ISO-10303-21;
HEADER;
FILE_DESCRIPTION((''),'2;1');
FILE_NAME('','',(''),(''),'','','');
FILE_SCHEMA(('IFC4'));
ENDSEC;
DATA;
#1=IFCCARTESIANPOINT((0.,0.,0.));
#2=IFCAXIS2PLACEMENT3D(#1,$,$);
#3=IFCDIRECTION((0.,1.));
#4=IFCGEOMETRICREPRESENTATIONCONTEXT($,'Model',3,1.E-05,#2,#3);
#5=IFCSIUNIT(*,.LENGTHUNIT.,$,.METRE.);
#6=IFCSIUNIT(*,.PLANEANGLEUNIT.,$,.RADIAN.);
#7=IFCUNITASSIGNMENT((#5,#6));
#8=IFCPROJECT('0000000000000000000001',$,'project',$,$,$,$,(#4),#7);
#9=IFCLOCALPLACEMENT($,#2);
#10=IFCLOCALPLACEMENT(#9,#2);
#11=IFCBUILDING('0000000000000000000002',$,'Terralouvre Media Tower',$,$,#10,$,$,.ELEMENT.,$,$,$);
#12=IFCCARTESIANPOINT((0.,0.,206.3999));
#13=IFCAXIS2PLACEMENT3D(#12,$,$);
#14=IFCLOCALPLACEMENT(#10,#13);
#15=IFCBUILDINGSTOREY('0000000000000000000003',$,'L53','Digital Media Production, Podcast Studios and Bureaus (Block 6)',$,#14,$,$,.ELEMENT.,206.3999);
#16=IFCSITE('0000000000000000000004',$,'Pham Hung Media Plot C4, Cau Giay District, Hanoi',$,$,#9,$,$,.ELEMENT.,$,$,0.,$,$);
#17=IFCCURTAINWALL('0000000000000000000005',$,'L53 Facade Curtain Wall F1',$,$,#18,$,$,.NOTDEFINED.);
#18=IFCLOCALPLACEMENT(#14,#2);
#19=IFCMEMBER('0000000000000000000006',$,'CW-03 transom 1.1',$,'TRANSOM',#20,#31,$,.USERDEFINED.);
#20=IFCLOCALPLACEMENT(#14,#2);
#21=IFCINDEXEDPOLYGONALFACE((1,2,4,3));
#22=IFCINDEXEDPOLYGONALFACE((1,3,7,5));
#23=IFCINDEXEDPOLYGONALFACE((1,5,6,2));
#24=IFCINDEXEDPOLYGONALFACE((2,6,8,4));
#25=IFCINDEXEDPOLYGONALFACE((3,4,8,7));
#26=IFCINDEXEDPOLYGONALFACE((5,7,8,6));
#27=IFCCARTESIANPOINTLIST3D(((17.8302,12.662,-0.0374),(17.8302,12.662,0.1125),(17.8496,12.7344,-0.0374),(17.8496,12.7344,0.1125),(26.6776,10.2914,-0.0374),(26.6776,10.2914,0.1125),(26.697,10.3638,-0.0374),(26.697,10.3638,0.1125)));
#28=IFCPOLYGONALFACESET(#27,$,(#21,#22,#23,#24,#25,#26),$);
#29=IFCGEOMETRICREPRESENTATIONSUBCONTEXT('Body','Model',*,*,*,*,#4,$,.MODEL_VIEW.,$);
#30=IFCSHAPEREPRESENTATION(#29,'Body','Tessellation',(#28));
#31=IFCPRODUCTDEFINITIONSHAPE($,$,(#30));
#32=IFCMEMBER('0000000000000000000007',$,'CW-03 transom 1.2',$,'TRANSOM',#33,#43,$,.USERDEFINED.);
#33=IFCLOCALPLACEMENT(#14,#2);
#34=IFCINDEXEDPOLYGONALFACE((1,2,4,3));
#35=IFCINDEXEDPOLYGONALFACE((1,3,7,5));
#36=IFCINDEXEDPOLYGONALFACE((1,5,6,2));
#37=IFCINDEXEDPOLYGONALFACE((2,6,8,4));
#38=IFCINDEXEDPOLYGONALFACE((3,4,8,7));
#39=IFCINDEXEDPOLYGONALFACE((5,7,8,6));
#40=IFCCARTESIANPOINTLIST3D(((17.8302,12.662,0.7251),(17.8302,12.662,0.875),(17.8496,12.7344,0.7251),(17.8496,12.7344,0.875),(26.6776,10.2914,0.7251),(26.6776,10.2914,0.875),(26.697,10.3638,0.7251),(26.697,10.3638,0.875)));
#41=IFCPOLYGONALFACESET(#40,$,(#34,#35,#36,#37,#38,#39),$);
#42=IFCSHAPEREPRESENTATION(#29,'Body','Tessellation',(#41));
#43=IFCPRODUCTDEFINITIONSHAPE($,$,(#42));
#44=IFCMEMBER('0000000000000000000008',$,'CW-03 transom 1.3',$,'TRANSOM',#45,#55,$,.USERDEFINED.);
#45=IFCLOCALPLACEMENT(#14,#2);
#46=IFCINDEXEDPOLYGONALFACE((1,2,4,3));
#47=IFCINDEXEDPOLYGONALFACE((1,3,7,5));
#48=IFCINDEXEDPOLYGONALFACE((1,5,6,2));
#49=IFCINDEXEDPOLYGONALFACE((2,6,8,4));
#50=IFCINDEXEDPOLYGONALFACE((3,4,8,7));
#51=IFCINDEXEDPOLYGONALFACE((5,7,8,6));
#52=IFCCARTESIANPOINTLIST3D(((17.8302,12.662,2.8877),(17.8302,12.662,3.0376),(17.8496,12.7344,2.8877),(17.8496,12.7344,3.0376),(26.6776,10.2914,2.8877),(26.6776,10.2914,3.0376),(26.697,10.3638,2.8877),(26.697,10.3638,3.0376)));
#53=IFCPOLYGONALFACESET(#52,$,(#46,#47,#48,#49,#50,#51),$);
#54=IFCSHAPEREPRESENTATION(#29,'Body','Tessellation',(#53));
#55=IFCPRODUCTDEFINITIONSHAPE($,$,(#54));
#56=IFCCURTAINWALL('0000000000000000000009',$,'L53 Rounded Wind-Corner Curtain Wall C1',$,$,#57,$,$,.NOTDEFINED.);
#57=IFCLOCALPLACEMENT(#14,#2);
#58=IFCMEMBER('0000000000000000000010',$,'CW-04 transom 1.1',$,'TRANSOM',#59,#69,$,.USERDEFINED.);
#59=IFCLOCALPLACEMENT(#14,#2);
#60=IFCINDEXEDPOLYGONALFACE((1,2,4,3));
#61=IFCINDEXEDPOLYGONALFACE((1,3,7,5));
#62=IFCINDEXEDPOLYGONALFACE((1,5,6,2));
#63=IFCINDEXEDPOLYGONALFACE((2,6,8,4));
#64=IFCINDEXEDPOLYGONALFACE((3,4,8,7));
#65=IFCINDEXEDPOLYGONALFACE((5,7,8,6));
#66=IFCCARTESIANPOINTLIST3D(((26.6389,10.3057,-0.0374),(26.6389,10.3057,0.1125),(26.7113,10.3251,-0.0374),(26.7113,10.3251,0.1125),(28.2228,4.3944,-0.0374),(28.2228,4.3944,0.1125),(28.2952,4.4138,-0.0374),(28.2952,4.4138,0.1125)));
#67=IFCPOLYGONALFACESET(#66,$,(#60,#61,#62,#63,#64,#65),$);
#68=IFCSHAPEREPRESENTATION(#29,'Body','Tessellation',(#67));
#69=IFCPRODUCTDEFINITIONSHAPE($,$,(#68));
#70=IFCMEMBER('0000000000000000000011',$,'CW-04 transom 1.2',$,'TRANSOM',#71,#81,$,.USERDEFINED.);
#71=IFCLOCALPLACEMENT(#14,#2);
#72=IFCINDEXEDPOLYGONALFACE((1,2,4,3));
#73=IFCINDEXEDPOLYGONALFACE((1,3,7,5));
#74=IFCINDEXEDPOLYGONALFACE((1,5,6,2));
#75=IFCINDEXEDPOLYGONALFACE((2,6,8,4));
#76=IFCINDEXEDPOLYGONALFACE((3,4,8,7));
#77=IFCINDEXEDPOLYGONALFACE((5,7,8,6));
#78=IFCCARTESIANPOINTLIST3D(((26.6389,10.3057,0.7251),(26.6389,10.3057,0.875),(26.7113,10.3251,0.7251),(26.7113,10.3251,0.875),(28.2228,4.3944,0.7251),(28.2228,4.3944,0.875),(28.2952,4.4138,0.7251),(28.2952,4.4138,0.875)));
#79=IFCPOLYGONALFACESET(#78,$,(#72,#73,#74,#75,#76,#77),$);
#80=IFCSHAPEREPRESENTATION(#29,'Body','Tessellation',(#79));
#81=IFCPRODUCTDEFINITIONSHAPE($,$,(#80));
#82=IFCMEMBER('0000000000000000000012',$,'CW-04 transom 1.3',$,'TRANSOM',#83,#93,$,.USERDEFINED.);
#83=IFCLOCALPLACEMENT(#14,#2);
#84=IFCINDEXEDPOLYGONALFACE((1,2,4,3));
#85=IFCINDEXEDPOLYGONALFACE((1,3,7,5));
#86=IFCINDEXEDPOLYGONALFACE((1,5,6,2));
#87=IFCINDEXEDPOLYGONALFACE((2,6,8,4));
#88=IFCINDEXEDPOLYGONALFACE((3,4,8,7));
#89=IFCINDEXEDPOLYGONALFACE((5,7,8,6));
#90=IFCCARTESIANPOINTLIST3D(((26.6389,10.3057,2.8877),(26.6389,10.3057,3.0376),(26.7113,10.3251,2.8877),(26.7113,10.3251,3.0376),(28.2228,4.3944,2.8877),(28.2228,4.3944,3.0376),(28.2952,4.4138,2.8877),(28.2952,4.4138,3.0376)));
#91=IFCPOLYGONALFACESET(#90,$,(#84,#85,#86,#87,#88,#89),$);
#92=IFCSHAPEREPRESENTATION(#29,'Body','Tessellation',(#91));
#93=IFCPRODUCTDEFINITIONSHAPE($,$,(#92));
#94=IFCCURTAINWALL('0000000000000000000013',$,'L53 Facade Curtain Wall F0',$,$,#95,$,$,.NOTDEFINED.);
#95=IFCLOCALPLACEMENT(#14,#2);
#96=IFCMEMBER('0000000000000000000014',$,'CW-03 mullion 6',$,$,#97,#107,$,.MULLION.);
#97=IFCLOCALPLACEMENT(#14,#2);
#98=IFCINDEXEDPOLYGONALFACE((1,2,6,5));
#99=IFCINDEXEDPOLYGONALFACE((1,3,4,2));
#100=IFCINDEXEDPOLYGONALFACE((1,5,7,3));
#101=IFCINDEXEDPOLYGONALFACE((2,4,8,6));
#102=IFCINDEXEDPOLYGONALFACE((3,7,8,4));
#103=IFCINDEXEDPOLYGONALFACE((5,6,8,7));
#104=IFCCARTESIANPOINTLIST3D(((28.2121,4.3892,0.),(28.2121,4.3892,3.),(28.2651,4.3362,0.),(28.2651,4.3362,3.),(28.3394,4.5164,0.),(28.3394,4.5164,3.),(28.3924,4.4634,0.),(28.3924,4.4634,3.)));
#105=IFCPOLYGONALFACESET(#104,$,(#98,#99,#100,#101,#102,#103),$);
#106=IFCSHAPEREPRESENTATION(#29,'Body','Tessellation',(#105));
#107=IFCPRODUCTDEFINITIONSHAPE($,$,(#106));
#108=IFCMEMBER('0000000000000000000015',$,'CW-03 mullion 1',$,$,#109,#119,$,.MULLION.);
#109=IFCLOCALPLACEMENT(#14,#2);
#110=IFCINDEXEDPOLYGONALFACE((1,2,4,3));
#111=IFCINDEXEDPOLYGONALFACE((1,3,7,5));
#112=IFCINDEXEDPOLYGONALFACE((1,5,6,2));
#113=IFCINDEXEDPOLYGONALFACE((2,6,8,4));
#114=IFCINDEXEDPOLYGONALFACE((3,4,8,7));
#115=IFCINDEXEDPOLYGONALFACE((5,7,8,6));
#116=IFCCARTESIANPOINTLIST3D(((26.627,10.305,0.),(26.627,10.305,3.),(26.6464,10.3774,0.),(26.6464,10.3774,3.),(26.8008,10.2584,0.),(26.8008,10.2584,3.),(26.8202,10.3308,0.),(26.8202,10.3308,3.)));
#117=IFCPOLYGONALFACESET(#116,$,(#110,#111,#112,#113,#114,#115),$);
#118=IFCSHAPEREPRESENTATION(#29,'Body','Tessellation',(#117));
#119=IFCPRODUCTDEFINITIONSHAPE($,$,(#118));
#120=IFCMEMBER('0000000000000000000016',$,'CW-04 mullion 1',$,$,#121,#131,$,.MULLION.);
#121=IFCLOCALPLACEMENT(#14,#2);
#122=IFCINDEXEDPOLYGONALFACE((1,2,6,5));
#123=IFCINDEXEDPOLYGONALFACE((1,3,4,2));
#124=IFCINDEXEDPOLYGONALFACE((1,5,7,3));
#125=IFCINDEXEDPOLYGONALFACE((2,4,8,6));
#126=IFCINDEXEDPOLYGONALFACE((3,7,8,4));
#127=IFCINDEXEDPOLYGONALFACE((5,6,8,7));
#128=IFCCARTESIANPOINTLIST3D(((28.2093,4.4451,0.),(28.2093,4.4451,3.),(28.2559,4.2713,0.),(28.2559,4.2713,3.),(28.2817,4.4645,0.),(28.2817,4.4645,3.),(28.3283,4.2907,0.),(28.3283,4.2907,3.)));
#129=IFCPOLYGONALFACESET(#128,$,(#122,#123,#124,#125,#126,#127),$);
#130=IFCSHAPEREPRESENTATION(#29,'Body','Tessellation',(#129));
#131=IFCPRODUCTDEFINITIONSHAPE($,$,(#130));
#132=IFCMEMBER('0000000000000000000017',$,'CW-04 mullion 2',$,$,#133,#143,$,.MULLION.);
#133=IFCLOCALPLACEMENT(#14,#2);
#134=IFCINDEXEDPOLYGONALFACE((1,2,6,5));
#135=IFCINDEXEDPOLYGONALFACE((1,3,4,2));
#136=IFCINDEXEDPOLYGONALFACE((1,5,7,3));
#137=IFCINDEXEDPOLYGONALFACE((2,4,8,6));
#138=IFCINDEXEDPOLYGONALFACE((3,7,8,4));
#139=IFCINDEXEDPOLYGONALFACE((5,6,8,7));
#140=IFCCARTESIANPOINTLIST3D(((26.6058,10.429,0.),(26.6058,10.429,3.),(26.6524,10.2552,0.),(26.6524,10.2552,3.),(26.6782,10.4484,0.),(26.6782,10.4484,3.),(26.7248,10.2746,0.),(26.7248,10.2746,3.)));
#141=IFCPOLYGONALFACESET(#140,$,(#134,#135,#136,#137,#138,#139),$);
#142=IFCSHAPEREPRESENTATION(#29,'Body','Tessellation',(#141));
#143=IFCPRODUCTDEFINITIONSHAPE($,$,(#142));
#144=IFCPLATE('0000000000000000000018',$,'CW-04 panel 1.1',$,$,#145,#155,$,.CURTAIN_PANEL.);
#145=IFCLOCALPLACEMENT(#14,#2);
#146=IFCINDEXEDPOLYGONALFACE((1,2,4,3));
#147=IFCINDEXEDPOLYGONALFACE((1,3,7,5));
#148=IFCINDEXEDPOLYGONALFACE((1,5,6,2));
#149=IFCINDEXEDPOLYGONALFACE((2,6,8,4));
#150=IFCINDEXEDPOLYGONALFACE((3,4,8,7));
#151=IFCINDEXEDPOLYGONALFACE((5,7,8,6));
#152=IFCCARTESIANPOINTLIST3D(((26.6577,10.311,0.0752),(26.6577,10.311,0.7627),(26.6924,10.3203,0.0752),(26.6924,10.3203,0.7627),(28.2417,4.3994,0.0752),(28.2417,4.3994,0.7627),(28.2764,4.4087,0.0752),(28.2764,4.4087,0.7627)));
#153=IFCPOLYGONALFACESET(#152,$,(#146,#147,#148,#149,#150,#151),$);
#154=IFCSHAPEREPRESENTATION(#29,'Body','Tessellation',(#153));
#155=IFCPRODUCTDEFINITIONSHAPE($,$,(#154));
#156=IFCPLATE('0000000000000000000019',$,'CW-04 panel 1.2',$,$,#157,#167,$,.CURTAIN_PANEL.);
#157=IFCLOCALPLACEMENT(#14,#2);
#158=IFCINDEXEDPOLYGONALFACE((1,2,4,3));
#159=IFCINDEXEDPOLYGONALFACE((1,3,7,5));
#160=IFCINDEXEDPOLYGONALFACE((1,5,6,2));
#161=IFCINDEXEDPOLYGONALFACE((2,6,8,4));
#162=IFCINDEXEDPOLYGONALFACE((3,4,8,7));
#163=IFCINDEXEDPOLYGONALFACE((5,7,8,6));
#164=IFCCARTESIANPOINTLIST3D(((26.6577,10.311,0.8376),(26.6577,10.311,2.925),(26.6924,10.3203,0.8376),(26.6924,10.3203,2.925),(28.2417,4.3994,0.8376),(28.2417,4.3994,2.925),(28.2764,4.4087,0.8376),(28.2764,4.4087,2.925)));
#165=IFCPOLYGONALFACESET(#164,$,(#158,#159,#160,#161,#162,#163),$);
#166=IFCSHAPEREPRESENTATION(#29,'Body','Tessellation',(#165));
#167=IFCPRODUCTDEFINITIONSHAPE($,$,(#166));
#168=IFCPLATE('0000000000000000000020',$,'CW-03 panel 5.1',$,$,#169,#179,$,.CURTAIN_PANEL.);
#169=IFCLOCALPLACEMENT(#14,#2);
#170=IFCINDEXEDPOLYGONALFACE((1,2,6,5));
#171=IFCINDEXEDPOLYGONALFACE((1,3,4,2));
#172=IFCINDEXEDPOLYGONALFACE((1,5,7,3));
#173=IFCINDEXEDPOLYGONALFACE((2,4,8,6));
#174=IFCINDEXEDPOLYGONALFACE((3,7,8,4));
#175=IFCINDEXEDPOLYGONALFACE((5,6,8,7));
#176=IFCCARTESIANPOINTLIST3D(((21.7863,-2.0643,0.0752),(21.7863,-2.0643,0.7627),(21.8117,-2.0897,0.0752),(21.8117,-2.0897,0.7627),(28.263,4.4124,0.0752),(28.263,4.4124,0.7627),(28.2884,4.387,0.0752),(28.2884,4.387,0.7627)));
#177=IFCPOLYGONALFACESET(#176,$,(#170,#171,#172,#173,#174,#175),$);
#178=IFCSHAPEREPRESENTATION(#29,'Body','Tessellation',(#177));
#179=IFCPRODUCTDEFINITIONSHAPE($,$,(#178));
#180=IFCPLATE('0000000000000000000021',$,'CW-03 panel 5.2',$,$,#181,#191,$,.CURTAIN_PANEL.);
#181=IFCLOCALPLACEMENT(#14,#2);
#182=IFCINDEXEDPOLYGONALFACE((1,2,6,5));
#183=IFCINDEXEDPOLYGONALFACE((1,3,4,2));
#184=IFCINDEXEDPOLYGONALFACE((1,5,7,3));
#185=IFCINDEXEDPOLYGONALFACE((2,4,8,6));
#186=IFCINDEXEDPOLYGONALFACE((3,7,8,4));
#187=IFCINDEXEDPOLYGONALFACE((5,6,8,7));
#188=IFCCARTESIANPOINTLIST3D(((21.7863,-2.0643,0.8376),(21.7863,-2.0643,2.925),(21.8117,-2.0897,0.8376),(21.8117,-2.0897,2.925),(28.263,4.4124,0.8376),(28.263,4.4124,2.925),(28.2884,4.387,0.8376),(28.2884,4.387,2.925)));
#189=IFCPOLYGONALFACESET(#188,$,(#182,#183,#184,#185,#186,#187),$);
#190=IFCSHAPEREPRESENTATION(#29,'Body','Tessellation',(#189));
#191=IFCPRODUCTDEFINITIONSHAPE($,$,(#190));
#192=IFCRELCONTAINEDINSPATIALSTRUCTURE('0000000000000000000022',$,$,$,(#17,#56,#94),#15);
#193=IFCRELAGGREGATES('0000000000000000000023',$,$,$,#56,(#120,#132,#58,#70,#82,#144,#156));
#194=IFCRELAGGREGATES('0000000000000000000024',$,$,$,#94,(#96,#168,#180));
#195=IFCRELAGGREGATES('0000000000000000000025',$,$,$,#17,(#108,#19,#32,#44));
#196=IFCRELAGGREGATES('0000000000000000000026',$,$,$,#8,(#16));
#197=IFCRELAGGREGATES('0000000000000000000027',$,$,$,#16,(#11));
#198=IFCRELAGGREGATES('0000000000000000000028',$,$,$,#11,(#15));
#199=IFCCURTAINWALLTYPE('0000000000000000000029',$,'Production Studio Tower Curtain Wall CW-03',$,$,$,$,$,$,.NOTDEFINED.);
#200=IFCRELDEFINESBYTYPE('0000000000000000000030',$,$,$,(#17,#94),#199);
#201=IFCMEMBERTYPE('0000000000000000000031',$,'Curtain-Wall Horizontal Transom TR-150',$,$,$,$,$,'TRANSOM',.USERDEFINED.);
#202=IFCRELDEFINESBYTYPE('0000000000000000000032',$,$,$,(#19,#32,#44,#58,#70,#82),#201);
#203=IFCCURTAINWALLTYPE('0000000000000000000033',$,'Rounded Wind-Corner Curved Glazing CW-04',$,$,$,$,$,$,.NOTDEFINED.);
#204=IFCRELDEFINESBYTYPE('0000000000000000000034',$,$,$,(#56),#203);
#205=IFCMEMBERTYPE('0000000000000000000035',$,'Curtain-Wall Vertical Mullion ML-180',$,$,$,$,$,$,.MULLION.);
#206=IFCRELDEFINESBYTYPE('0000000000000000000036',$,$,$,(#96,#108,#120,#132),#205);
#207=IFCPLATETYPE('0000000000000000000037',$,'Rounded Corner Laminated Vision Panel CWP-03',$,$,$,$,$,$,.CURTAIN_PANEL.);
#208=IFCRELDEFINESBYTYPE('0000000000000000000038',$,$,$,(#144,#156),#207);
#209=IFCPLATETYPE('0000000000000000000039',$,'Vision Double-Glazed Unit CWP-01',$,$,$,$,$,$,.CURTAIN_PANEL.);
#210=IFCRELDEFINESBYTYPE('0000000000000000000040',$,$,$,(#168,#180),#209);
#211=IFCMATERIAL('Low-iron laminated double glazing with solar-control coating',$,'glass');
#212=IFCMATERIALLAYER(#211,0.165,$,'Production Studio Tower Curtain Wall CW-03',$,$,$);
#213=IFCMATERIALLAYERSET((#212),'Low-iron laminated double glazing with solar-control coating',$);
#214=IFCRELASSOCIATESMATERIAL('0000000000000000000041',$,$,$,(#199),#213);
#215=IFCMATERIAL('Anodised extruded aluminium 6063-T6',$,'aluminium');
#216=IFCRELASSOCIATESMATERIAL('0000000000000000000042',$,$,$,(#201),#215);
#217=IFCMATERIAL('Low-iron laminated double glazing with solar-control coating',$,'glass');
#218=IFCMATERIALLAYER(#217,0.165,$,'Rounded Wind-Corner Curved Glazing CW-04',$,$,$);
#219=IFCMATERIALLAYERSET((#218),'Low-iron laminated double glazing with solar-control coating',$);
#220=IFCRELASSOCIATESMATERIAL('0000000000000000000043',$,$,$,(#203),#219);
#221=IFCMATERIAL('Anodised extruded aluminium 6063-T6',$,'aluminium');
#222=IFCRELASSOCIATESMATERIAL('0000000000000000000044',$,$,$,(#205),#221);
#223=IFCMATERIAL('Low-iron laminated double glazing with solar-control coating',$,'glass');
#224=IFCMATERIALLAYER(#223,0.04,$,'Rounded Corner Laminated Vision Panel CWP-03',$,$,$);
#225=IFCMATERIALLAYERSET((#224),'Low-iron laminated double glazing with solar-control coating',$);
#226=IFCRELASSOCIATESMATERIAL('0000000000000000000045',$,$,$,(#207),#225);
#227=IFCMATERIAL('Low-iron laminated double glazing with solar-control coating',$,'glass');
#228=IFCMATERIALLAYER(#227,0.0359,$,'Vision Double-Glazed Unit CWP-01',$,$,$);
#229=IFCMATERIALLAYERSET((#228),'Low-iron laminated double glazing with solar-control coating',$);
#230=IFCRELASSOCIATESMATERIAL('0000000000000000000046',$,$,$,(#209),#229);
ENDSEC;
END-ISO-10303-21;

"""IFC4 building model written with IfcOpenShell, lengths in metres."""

from ifc_helpers import new_model, si_unit, direction, frame, origin, origin_2d, place, context, subcontext, project, spatial, rectangle, extrude, material, layer, layer_set, material_profile, profile_set, type_object, element, aggregate, save


model = new_model("IFC4")

# Units and contexts
model_context = context("Model", 3, precision=1e-05, world=origin(), true_north=direction((0.0, 1.0)))
body_context = subcontext(model_context, "Body", "Model", "MODEL_VIEW")
ifc_project = project(units=[si_unit("LENGTHUNIT", "METRE"), si_unit("PLANEANGLEUNIT", "RADIAN")], contexts=[model_context])

# Site, building, storey
site_placement = place(None, origin())
site = spatial("IfcSite", under=ifc_project, at=site_placement, Name="Pham Hung Media Plot C4, Cau Giay District, Hanoi", CompositionType="ELEMENT", RefElevation=0.0)
building_placement = place(site_placement, origin())
building = spatial("IfcBuilding", under=site, at=building_placement, Name="Terralouvre Media Tower", CompositionType="ELEMENT")
storey_placement = place(building_placement, frame((0.0, 0.0, 206.3999)))
storey = spatial("IfcBuildingStorey", under=building, at=storey_placement, Name="L53", Description="Digital Media Production, Podcast Studios and Bureaus (Block 6)", CompositionType="ELEMENT", Elevation=206.3999)

# Curtain walls, members
ifc_material_1 = material(Name="Low-iron laminated double glazing with solar-control coating", Category="glass")
ifc_layer_1 = layer(ifc_material_1, 0.165, Name="Production Studio Tower Curtain Wall CW-03")
ifc_layer_set_1 = layer_set([ifc_layer_1], Name="Low-iron laminated double glazing with solar-control coating")
curtain_wall_type_1 = type_object("IfcCurtainWallType", Name="Production Studio Tower Curtain Wall CW-03", PredefinedType="NOTDEFINED", material=ifc_layer_set_1)
curtain_wall_1_placement = place(storey_placement, origin())
curtain_wall_1 = element("IfcCurtainWall", 1, at=curtain_wall_1_placement, inside=storey, type_object=curtain_wall_type_1, Name="L53 Facade Curtain Wall F1", PredefinedType="NOTDEFINED")
ifc_material_2 = material(Name="Anodised extruded aluminium 6063-T6", Category="aluminium")
ifc_material_profile_1 = material_profile(ifc_material_2, rectangle(XDim=0.075, YDim=0.1499, at=origin_2d()), Name="ALU 75x150")
ifc_profile_set_1 = profile_set([ifc_material_profile_1], Name="Anodised extruded aluminium 6063-T6")
member_type_1 = type_object("IfcMemberType", Name="Curtain-Wall Horizontal Transom TR-150", ElementType="TRANSOM", PredefinedType="USERDEFINED", material=ifc_profile_set_1)
member_1_placement = place(storey_placement, frame((26.6873, 10.3276, 0.0376), z_axis=(-0.965927, 0.258814, 0.0), x_axis=(-0.258814, -0.965927, 0.0)))
member_1 = element("IfcMember", 2, at=member_1_placement, type_object=member_type_1, Name="CW-03 transom 1.1", ObjectType="TRANSOM", PredefinedType="USERDEFINED", context=body_context, shape_type="SweptSolid", body=[
    extrude(rectangle(XDim=0.075, YDim=0.1499, at=origin_2d()), origin(), (0.0, 0.0, 1.0), 9.1594),
])
member_2_placement = place(storey_placement, frame((26.6873, 10.3276, 0.8), z_axis=(-0.965927, 0.258814, 0.0), x_axis=(-0.258814, -0.965927, 0.0)))
member_2 = element("IfcMember", 3, at=member_2_placement, type_object=member_type_1, Name="CW-03 transom 1.2", ObjectType="TRANSOM", PredefinedType="USERDEFINED", context=body_context, shape_type="SweptSolid", body=[
    extrude(rectangle(XDim=0.075, YDim=0.1499, at=origin_2d()), origin(), (0.0, 0.0, 1.0), 9.1594),
])
member_3_placement = place(storey_placement, frame((26.6873, 10.3276, 2.9626), z_axis=(-0.965927, 0.258814, 0.0), x_axis=(-0.258814, -0.965927, 0.0)))
member_3 = element("IfcMember", 4, at=member_3_placement, type_object=member_type_1, Name="CW-03 transom 1.3", ObjectType="TRANSOM", PredefinedType="USERDEFINED", context=body_context, shape_type="SweptSolid", body=[
    extrude(rectangle(XDim=0.075, YDim=0.1499, at=origin_2d()), origin(), (0.0, 0.0, 1.0), 9.1594),
])
ifc_material_3 = material(Name="Low-iron laminated double glazing with solar-control coating", Category="glass")
ifc_layer_2 = layer(ifc_material_3, 0.165, Name="Rounded Wind-Corner Curved Glazing CW-04")
ifc_layer_set_2 = layer_set([ifc_layer_2], Name="Low-iron laminated double glazing with solar-control coating")
curtain_wall_type_2 = type_object("IfcCurtainWallType", Name="Rounded Wind-Corner Curved Glazing CW-04", PredefinedType="NOTDEFINED", material=ifc_layer_set_2)
curtain_wall_2_placement = place(storey_placement, origin())
curtain_wall_2 = element("IfcCurtainWall", 5, at=curtain_wall_2_placement, inside=storey, type_object=curtain_wall_type_2, Name="L53 Rounded Wind-Corner Curtain Wall C1", PredefinedType="NOTDEFINED")
member_4_placement = place(storey_placement, frame((28.259, 4.4041, 0.0376), z_axis=(-0.258824, 0.965924, 0.0), x_axis=(-0.965924, -0.258824, 0.0)))
member_4 = element("IfcMember", 6, at=member_4_placement, type_object=member_type_1, Name="CW-04 transom 1.1", ObjectType="TRANSOM", PredefinedType="USERDEFINED", context=body_context, shape_type="SweptSolid", body=[
    extrude(rectangle(XDim=0.075, YDim=0.1499, at=origin_2d()), origin(), (0.0, 0.0, 1.0), 6.1199),
])
member_5_placement = place(storey_placement, frame((28.259, 4.4041, 0.8), z_axis=(-0.258824, 0.965924, 0.0), x_axis=(-0.965924, -0.258824, 0.0)))
member_5 = element("IfcMember", 7, at=member_5_placement, type_object=member_type_1, Name="CW-04 transom 1.2", ObjectType="TRANSOM", PredefinedType="USERDEFINED", context=body_context, shape_type="SweptSolid", body=[
    extrude(rectangle(XDim=0.075, YDim=0.1499, at=origin_2d()), origin(), (0.0, 0.0, 1.0), 6.1199),
])
member_6_placement = place(storey_placement, frame((28.259, 4.4041, 2.9626), z_axis=(-0.258824, 0.965924, 0.0), x_axis=(-0.965924, -0.258824, 0.0)))
member_6 = element("IfcMember", 8, at=member_6_placement, type_object=member_type_1, Name="CW-04 transom 1.3", ObjectType="TRANSOM", PredefinedType="USERDEFINED", context=body_context, shape_type="SweptSolid", body=[
    extrude(rectangle(XDim=0.075, YDim=0.1499, at=origin_2d()), origin(), (0.0, 0.0, 1.0), 6.1199),
])

# Curtain wall, member
curtain_wall_3_placement = place(storey_placement, origin())
curtain_wall_3 = element("IfcCurtainWall", 9, at=curtain_wall_3_placement, inside=storey, type_object=curtain_wall_type_1, Name="L53 Facade Curtain Wall F0", PredefinedType="NOTDEFINED")
ifc_material_4 = material(Name="Anodised extruded aluminium 6063-T6", Category="aluminium")
ifc_material_profile_2 = material_profile(ifc_material_4, rectangle(XDim=0.075, YDim=0.1799, at=origin_2d()), Name="ALU 75x180")
ifc_profile_set_2 = profile_set([ifc_material_profile_2], Name="Anodised extruded aluminium 6063-T6")
member_type_2 = type_object("IfcMemberType", Name="Curtain-Wall Vertical Mullion ML-180", PredefinedType="MULLION", material=ifc_profile_set_2)
member_7_placement = place(storey_placement, frame((28.3022, 4.4263, 0.0), z_axis=(0.0, 0.0, 1.0), x_axis=(-0.707107, 0.707107, 0.0)))
member_7 = element("IfcMember", 10, at=member_7_placement, type_object=member_type_2, Name="CW-03 mullion 6", PredefinedType="MULLION", context=body_context, shape_type="SweptSolid", body=[
    extrude(rectangle(XDim=0.075, YDim=0.1799, at=origin_2d()), origin(), (0.0, 0.0, 1.0), 3.0),
])

# Members
member_8_placement = place(storey_placement, frame((26.7236, 10.3179, 0.0), z_axis=(0.0, 0.0, 1.0), x_axis=(-0.258819, -0.965926, 0.0)))
member_8 = element("IfcMember", 11, at=member_8_placement, type_object=member_type_2, Name="CW-03 mullion 1", PredefinedType="MULLION", context=body_context, shape_type="SweptSolid", body=[
    extrude(rectangle(XDim=0.075, YDim=0.1799, at=origin_2d()), origin(), (0.0, 0.0, 1.0), 3.0),
])
member_9_placement = place(storey_placement, frame((28.2688, 4.3679, 0.0), z_axis=(0.0, 0.0, 1.0), x_axis=(-0.965926, -0.258819, 0.0)))
member_9 = element("IfcMember", 12, at=member_9_placement, type_object=member_type_2, Name="CW-04 mullion 1", PredefinedType="MULLION", context=body_context, shape_type="SweptSolid", body=[
    extrude(rectangle(XDim=0.075, YDim=0.1799, at=origin_2d()), origin(), (0.0, 0.0, 1.0), 3.0),
])
member_10_placement = place(storey_placement, frame((26.6653, 10.3518, 0.0), z_axis=(0.0, 0.0, 1.0), x_axis=(-0.965926, -0.258819, 0.0)))
member_10 = element("IfcMember", 13, at=member_10_placement, type_object=member_type_2, Name="CW-04 mullion 2", PredefinedType="MULLION", context=body_context, shape_type="SweptSolid", body=[
    extrude(rectangle(XDim=0.075, YDim=0.1799, at=origin_2d()), origin(), (0.0, 0.0, 1.0), 3.0),
])

# Plates
ifc_material_5 = material(Name="Low-iron laminated double glazing with solar-control coating", Category="glass")
ifc_layer_3 = layer(ifc_material_5, 0.04, Name="Rounded Corner Laminated Vision Panel CWP-03")
ifc_layer_set_3 = layer_set([ifc_layer_3], Name="Low-iron laminated double glazing with solar-control coating")
plate_type_1 = type_object("IfcPlateType", Name="Rounded Corner Laminated Vision Panel CWP-03", PredefinedType="CURTAIN_PANEL", material=ifc_layer_set_3)
plate_1_placement = place(storey_placement, frame((27.467, 7.3599, 0.0752), z_axis=(0.0, 0.0, 1.0), x_axis=(-0.258819, 0.965926, 0.0)))
plate_1 = element("IfcPlate", 14, at=plate_1_placement, type_object=plate_type_1, Name="CW-04 panel 1.1", PredefinedType="CURTAIN_PANEL", context=body_context, shape_type="SweptSolid", body=[
    extrude(rectangle(XDim=6.1201, YDim=0.0359, at=origin_2d()), origin(), (0.0, 0.0, 1.0), 0.6875),
])
plate_2_placement = place(storey_placement, frame((27.467, 7.3599, 0.8376), z_axis=(0.0, 0.0, 1.0), x_axis=(-0.258819, 0.965926, 0.0)))
plate_2 = element("IfcPlate", 15, at=plate_2_placement, type_object=plate_type_1, Name="CW-04 panel 1.2", PredefinedType="CURTAIN_PANEL", context=body_context, shape_type="SweptSolid", body=[
    extrude(rectangle(XDim=6.1201, YDim=0.0359, at=origin_2d()), origin(), (0.0, 0.0, 1.0), 2.0874),
])
aggregate(curtain_wall_2, [member_9, member_10, member_4, member_5, member_6, plate_1, plate_2])
ifc_material_6 = material(Name="Low-iron laminated double glazing with solar-control coating", Category="glass")
ifc_layer_4 = layer(ifc_material_6, 0.0359, Name="Vision Double-Glazed Unit CWP-01")
ifc_layer_set_4 = layer_set([ifc_layer_4], Name="Low-iron laminated double glazing with solar-control coating")
plate_type_2 = type_object("IfcPlateType", Name="Vision Double-Glazed Unit CWP-01", PredefinedType="CURTAIN_PANEL", material=ifc_layer_set_4)
plate_3_placement = place(storey_placement, frame((25.0374, 1.1614, 0.0752), z_axis=(0.0, 0.0, 1.0), x_axis=(0.707107, 0.707107, 0.0)))
plate_3 = element("IfcPlate", 16, at=plate_3_placement, type_object=plate_type_2, Name="CW-03 panel 5.1", PredefinedType="CURTAIN_PANEL", context=body_context, shape_type="SweptSolid", body=[
    extrude(rectangle(XDim=9.1594, YDim=0.0359, at=origin_2d()), origin(), (0.0, 0.0, 1.0), 0.6875),
])
plate_4_placement = place(storey_placement, frame((25.0374, 1.1614, 0.8376), z_axis=(0.0, 0.0, 1.0), x_axis=(0.707107, 0.707107, 0.0)))
plate_4 = element("IfcPlate", 17, at=plate_4_placement, type_object=plate_type_2, Name="CW-03 panel 5.2", PredefinedType="CURTAIN_PANEL", context=body_context, shape_type="SweptSolid", body=[
    extrude(rectangle(XDim=9.1594, YDim=0.0359, at=origin_2d()), origin(), (0.0, 0.0, 1.0), 2.0874),
])
aggregate(curtain_wall_3, [member_7, plate_3, plate_4])
aggregate(curtain_wall_1, [member_8, member_1, member_2, member_3])

save(model, "model.ifc")
